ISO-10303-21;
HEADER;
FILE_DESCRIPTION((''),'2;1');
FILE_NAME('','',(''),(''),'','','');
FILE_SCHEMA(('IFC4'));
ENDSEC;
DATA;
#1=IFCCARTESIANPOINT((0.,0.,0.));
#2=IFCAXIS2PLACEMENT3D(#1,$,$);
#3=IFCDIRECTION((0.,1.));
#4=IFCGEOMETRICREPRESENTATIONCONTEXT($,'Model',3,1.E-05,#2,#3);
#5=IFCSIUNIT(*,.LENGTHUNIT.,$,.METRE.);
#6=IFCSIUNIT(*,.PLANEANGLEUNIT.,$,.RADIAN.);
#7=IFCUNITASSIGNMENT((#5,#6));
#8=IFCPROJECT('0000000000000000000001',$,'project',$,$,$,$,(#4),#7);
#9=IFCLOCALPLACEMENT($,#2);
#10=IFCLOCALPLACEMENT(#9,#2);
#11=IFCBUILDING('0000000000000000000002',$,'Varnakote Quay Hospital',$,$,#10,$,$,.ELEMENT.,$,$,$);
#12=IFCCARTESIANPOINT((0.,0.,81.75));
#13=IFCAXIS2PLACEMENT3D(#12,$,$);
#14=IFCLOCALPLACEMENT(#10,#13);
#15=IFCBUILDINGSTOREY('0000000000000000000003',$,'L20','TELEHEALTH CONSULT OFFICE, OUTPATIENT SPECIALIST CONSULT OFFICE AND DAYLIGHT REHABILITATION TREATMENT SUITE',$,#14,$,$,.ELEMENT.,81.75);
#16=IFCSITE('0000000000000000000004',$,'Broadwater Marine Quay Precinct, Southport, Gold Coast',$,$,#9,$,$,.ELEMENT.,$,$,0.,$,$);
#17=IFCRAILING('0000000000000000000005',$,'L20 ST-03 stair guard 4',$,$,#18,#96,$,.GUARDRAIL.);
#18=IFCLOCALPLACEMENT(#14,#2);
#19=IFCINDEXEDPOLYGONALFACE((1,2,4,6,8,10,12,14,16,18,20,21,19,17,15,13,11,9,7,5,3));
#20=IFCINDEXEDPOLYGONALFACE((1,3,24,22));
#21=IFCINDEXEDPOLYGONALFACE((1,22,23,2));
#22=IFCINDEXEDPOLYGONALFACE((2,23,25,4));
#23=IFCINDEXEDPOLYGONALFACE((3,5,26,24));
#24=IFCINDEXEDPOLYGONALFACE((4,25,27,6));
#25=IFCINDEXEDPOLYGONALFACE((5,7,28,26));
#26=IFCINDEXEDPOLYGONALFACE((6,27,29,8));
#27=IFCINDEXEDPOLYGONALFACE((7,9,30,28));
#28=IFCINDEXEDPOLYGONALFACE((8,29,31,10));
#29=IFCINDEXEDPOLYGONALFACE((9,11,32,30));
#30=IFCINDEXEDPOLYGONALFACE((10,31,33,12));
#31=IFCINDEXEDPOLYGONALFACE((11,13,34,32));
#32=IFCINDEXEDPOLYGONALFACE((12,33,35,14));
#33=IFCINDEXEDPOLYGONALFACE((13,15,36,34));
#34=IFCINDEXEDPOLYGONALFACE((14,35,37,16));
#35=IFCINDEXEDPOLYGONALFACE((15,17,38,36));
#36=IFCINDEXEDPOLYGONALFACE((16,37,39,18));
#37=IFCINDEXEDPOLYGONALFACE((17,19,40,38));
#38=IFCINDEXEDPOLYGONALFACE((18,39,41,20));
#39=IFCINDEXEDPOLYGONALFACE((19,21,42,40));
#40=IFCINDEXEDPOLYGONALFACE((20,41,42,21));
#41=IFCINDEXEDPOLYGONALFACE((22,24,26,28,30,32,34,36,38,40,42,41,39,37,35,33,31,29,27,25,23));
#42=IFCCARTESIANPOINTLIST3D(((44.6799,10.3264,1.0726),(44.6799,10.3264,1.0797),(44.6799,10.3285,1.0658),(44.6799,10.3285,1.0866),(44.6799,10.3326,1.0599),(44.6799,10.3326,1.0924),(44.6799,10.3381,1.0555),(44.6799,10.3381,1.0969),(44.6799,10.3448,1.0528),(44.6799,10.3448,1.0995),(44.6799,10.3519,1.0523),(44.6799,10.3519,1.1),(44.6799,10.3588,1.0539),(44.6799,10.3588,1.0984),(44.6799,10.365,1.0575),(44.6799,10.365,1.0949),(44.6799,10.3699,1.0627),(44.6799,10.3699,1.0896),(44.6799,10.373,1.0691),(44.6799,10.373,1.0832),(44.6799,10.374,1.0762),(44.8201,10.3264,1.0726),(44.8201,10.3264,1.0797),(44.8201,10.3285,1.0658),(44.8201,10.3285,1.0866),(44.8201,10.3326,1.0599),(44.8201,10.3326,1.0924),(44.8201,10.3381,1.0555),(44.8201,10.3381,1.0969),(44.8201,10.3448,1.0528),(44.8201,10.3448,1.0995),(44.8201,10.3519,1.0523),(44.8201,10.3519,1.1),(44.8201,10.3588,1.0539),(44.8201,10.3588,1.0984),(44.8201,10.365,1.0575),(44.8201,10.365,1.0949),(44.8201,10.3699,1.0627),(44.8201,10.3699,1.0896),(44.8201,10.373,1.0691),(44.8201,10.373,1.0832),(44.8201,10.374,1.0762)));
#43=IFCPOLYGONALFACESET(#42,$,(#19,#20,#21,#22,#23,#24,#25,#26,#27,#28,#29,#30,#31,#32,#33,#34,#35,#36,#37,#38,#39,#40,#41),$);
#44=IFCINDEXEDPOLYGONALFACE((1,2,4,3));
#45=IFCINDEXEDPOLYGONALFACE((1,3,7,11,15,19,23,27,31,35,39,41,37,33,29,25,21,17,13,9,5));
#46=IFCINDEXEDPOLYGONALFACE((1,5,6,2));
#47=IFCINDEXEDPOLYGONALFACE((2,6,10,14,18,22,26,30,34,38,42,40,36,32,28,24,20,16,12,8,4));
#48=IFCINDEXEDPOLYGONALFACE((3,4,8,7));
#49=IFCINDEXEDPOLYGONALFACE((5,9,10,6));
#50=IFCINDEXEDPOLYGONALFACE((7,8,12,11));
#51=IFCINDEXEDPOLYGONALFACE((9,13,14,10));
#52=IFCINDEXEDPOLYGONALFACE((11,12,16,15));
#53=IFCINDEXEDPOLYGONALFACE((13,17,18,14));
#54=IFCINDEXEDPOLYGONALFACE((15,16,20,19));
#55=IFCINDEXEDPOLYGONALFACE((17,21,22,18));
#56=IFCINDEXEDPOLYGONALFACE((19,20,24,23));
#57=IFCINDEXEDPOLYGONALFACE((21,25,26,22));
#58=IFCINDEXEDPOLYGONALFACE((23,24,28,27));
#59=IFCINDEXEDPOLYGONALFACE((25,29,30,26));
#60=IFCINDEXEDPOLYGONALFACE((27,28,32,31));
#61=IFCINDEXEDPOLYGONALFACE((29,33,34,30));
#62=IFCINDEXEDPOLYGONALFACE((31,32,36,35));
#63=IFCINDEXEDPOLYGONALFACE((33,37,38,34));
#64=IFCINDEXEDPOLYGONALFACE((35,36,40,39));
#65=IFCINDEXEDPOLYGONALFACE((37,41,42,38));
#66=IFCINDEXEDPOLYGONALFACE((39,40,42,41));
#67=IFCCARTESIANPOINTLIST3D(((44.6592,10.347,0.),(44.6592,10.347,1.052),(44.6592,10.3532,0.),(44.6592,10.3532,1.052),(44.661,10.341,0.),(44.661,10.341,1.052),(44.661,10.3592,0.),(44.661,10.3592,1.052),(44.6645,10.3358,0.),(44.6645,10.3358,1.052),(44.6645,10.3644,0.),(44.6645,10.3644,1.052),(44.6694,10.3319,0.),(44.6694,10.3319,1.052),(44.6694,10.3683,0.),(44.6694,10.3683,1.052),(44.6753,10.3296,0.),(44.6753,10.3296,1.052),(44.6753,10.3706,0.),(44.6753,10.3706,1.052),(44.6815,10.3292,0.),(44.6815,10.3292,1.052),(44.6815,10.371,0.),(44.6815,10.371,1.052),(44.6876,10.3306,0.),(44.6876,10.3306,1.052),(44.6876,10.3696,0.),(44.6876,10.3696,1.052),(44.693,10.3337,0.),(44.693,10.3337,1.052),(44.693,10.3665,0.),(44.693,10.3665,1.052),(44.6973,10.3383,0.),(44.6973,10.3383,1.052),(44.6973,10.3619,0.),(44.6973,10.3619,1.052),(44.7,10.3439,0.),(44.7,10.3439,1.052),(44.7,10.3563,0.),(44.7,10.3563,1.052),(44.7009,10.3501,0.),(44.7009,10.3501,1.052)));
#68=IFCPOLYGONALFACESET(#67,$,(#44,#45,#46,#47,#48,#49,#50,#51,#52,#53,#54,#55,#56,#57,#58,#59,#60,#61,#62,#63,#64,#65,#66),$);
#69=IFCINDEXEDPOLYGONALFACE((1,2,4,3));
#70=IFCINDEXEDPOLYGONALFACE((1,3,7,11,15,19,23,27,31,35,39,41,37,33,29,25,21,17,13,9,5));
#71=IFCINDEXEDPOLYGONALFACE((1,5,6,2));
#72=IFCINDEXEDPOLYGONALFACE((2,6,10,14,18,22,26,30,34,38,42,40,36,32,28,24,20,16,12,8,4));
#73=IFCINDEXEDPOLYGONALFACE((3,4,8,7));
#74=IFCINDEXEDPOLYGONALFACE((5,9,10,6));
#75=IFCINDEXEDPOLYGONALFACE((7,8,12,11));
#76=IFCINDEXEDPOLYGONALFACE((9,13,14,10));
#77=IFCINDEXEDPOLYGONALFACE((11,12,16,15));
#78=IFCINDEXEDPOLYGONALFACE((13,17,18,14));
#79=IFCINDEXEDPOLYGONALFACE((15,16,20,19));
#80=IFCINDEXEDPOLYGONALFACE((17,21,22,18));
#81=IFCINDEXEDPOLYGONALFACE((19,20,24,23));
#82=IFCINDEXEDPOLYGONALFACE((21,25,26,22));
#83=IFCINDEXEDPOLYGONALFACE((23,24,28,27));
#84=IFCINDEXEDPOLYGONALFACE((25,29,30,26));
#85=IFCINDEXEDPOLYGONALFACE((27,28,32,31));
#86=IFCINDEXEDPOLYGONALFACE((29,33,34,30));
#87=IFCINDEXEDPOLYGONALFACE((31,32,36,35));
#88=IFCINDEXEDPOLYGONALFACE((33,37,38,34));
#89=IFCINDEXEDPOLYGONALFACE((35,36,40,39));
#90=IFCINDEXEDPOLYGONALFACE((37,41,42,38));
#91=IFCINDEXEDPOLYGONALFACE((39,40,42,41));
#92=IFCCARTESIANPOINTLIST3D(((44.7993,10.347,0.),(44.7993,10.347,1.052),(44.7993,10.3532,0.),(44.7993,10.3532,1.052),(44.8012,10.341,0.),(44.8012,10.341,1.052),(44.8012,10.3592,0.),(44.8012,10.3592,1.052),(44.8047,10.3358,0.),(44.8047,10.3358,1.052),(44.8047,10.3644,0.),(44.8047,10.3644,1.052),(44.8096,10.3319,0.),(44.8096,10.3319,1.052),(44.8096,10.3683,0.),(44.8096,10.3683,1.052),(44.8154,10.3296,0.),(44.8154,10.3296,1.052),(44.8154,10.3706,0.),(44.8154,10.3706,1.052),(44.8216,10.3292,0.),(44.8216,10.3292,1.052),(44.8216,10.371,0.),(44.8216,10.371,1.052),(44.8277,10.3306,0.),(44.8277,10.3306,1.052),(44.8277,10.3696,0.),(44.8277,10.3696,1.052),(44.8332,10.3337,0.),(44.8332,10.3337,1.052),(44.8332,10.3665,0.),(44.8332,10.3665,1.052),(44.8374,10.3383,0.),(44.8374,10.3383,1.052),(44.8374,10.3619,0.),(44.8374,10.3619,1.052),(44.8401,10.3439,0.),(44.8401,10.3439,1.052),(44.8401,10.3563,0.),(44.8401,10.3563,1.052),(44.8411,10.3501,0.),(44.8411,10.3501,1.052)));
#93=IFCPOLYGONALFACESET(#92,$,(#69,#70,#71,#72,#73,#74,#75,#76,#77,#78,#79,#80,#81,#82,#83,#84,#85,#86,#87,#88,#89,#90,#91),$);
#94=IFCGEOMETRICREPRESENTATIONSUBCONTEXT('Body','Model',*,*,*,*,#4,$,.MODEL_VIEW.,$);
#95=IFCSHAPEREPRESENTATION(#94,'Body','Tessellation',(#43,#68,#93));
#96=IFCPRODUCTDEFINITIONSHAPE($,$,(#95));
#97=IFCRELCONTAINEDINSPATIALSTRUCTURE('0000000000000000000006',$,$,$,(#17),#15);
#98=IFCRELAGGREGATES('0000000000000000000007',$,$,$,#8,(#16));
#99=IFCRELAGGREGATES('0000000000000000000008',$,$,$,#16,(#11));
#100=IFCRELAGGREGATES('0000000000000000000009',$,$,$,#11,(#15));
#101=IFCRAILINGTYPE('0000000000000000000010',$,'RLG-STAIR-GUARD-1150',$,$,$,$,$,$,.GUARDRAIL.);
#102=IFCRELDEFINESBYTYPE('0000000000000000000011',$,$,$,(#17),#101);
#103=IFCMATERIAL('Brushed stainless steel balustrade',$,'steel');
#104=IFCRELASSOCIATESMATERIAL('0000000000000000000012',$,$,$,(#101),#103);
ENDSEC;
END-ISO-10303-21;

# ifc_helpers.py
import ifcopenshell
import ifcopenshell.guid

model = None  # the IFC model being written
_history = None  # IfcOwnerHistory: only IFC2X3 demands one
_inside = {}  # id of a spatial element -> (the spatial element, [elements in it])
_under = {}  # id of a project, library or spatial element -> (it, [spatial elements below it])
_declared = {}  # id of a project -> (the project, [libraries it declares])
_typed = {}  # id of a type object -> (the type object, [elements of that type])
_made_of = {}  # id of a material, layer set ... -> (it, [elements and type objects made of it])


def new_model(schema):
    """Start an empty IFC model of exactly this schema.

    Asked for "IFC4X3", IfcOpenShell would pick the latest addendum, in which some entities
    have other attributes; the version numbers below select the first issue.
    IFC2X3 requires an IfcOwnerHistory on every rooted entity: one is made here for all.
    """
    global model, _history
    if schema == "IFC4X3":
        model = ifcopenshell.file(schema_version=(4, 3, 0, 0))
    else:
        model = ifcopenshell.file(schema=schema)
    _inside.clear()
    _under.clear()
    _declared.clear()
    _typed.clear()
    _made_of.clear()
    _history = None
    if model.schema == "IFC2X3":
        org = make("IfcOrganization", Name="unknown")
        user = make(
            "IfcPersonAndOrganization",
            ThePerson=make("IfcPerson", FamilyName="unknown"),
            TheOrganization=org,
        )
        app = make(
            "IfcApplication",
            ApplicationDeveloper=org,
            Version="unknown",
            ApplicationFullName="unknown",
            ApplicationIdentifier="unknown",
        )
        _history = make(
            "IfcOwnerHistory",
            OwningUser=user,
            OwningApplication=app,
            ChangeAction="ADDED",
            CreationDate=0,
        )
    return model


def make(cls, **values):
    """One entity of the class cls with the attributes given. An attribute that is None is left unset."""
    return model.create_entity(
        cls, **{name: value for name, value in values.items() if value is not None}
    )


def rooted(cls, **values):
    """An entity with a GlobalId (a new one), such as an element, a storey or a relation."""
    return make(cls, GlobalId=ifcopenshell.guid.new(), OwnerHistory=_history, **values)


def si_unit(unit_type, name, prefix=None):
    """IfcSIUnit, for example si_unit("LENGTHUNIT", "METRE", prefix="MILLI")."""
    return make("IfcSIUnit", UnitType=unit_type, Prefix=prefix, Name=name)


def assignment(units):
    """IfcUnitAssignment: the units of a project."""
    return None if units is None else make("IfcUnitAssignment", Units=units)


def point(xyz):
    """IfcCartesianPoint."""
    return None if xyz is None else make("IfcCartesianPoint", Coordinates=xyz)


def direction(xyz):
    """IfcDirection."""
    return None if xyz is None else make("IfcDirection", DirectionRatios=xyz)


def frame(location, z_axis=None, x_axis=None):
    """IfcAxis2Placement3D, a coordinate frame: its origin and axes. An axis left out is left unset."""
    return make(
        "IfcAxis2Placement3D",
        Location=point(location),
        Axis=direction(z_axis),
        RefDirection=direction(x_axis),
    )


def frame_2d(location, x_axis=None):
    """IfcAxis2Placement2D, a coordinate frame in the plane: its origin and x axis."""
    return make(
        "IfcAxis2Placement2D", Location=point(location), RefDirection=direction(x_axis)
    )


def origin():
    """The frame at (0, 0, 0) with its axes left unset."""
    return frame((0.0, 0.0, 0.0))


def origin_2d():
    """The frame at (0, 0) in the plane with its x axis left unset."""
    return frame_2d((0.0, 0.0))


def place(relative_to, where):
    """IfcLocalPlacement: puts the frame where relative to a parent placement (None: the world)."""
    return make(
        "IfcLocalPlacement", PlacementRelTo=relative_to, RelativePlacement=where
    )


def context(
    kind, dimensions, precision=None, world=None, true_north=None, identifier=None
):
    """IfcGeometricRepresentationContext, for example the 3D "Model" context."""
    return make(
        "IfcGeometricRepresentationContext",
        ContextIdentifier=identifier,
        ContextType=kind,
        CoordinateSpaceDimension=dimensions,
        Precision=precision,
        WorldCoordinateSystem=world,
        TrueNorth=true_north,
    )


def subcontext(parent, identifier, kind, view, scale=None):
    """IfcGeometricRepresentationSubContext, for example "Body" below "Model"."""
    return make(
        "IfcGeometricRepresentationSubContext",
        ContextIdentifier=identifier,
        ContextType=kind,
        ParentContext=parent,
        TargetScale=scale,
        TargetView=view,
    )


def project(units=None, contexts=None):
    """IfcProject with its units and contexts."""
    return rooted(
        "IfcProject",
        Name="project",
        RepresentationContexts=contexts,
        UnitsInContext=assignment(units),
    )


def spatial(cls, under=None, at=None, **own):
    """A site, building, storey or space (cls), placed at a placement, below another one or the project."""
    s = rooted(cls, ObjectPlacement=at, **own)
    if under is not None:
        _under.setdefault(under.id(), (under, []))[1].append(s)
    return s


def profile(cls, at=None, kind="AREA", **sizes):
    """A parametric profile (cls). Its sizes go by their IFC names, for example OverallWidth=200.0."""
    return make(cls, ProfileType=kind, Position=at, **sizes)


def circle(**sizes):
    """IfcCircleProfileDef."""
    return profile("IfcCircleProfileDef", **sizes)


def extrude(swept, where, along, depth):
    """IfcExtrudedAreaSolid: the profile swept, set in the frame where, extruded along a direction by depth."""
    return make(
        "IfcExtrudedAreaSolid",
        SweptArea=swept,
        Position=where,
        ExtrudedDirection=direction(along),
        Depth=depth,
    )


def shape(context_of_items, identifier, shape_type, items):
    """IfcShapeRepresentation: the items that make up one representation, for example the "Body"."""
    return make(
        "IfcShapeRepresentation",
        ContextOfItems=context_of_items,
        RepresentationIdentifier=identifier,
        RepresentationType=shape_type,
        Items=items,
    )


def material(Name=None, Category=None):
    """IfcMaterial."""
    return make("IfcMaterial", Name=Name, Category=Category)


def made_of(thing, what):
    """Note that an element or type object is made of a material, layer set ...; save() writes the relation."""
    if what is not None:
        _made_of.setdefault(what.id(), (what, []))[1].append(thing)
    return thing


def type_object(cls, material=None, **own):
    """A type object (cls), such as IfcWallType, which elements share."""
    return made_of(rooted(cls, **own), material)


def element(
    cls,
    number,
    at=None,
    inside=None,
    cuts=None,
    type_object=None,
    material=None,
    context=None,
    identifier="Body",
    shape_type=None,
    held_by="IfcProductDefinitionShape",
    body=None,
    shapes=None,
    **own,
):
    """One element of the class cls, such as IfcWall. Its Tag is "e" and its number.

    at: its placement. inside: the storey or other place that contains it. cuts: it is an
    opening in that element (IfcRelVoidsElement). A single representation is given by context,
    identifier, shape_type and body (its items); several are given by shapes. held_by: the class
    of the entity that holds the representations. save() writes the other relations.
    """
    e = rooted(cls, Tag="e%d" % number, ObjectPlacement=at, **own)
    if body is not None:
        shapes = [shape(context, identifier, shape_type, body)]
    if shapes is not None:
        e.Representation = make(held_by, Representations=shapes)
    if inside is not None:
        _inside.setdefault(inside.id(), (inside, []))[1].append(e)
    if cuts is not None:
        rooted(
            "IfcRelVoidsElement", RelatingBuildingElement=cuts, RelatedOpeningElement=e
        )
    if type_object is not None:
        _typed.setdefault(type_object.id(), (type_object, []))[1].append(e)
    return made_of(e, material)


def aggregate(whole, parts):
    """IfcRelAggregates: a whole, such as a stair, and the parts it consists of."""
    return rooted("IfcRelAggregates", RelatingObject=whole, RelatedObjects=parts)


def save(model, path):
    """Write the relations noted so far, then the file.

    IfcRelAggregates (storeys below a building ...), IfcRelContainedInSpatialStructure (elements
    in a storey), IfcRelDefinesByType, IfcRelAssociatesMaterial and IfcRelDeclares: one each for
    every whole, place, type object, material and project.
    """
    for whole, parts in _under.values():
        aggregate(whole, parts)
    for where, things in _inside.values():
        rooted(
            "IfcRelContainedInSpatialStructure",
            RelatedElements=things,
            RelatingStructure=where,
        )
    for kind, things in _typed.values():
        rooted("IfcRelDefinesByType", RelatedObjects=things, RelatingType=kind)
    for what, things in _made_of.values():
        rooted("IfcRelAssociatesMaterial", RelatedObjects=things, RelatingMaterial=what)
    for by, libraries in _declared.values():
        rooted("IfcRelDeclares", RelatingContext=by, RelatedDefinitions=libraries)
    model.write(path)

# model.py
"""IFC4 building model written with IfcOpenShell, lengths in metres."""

from ifc_helpers import new_model, si_unit, direction, frame, origin, origin_2d, place, context, subcontext, project, spatial, circle, extrude, material, type_object, element, save


model = new_model("IFC4")

# Units and contexts
model_context = context("Model", 3, precision=1e-05, world=origin(), true_north=direction((0.0, 1.0)))
body_context = subcontext(model_context, "Body", "Model", "MODEL_VIEW")
ifc_project = project(units=[si_unit("LENGTHUNIT", "METRE"), si_unit("PLANEANGLEUNIT", "RADIAN")], contexts=[model_context])

# Site, building, storey
site_placement = place(None, origin())
site = spatial("IfcSite", under=ifc_project, at=site_placement, Name="Broadwater Marine Quay Precinct, Southport, Gold Coast", CompositionType="ELEMENT", RefElevation=0.0)
building_placement = place(site_placement, origin())
building = spatial("IfcBuilding", under=site, at=building_placement, Name="Varnakote Quay Hospital", CompositionType="ELEMENT")
storey_placement = place(building_placement, frame((0.0, 0.0, 81.75)))
storey = spatial("IfcBuildingStorey", under=building, at=storey_placement, Name="L20", Description="TELEHEALTH CONSULT OFFICE, OUTPATIENT SPECIALIST CONSULT OFFICE AND DAYLIGHT REHABILITATION TREATMENT SUITE", CompositionType="ELEMENT", Elevation=81.75)

# Railing
ifc_material_1 = material(Name="Brushed stainless steel balustrade", Category="steel")
railing_type_1 = type_object("IfcRailingType", Name="RLG-STAIR-GUARD-1150", PredefinedType="GUARDRAIL", material=ifc_material_1)
railing_1_placement = place(storey_placement, frame((44.6799, 10.3501, 0.0)))
element("IfcRailing", 1, at=railing_1_placement, inside=storey, type_object=railing_type_1, Name="L20 ST-03 stair guard 4", PredefinedType="GUARDRAIL", context=body_context, shape_type="SweptSolid", body=[
    extrude(circle(Radius=0.0239, at=origin_2d()), frame((0.0, 0.0, 1.0762), z_axis=(1.0, 0.0, 0.0), x_axis=(0.0, 1.0, 0.0)), (0.0, 0.0, 1.0), 0.1401),
    extrude(circle(Radius=0.021, at=origin_2d()), origin(), (0.0, 0.0, 1.0), 1.052),
    extrude(circle(Radius=0.021, at=origin_2d()), frame((0.1401, 0.0, 0.0)), (0.0, 0.0, 1.0), 1.052),
])

save(model, "model.ifc")
